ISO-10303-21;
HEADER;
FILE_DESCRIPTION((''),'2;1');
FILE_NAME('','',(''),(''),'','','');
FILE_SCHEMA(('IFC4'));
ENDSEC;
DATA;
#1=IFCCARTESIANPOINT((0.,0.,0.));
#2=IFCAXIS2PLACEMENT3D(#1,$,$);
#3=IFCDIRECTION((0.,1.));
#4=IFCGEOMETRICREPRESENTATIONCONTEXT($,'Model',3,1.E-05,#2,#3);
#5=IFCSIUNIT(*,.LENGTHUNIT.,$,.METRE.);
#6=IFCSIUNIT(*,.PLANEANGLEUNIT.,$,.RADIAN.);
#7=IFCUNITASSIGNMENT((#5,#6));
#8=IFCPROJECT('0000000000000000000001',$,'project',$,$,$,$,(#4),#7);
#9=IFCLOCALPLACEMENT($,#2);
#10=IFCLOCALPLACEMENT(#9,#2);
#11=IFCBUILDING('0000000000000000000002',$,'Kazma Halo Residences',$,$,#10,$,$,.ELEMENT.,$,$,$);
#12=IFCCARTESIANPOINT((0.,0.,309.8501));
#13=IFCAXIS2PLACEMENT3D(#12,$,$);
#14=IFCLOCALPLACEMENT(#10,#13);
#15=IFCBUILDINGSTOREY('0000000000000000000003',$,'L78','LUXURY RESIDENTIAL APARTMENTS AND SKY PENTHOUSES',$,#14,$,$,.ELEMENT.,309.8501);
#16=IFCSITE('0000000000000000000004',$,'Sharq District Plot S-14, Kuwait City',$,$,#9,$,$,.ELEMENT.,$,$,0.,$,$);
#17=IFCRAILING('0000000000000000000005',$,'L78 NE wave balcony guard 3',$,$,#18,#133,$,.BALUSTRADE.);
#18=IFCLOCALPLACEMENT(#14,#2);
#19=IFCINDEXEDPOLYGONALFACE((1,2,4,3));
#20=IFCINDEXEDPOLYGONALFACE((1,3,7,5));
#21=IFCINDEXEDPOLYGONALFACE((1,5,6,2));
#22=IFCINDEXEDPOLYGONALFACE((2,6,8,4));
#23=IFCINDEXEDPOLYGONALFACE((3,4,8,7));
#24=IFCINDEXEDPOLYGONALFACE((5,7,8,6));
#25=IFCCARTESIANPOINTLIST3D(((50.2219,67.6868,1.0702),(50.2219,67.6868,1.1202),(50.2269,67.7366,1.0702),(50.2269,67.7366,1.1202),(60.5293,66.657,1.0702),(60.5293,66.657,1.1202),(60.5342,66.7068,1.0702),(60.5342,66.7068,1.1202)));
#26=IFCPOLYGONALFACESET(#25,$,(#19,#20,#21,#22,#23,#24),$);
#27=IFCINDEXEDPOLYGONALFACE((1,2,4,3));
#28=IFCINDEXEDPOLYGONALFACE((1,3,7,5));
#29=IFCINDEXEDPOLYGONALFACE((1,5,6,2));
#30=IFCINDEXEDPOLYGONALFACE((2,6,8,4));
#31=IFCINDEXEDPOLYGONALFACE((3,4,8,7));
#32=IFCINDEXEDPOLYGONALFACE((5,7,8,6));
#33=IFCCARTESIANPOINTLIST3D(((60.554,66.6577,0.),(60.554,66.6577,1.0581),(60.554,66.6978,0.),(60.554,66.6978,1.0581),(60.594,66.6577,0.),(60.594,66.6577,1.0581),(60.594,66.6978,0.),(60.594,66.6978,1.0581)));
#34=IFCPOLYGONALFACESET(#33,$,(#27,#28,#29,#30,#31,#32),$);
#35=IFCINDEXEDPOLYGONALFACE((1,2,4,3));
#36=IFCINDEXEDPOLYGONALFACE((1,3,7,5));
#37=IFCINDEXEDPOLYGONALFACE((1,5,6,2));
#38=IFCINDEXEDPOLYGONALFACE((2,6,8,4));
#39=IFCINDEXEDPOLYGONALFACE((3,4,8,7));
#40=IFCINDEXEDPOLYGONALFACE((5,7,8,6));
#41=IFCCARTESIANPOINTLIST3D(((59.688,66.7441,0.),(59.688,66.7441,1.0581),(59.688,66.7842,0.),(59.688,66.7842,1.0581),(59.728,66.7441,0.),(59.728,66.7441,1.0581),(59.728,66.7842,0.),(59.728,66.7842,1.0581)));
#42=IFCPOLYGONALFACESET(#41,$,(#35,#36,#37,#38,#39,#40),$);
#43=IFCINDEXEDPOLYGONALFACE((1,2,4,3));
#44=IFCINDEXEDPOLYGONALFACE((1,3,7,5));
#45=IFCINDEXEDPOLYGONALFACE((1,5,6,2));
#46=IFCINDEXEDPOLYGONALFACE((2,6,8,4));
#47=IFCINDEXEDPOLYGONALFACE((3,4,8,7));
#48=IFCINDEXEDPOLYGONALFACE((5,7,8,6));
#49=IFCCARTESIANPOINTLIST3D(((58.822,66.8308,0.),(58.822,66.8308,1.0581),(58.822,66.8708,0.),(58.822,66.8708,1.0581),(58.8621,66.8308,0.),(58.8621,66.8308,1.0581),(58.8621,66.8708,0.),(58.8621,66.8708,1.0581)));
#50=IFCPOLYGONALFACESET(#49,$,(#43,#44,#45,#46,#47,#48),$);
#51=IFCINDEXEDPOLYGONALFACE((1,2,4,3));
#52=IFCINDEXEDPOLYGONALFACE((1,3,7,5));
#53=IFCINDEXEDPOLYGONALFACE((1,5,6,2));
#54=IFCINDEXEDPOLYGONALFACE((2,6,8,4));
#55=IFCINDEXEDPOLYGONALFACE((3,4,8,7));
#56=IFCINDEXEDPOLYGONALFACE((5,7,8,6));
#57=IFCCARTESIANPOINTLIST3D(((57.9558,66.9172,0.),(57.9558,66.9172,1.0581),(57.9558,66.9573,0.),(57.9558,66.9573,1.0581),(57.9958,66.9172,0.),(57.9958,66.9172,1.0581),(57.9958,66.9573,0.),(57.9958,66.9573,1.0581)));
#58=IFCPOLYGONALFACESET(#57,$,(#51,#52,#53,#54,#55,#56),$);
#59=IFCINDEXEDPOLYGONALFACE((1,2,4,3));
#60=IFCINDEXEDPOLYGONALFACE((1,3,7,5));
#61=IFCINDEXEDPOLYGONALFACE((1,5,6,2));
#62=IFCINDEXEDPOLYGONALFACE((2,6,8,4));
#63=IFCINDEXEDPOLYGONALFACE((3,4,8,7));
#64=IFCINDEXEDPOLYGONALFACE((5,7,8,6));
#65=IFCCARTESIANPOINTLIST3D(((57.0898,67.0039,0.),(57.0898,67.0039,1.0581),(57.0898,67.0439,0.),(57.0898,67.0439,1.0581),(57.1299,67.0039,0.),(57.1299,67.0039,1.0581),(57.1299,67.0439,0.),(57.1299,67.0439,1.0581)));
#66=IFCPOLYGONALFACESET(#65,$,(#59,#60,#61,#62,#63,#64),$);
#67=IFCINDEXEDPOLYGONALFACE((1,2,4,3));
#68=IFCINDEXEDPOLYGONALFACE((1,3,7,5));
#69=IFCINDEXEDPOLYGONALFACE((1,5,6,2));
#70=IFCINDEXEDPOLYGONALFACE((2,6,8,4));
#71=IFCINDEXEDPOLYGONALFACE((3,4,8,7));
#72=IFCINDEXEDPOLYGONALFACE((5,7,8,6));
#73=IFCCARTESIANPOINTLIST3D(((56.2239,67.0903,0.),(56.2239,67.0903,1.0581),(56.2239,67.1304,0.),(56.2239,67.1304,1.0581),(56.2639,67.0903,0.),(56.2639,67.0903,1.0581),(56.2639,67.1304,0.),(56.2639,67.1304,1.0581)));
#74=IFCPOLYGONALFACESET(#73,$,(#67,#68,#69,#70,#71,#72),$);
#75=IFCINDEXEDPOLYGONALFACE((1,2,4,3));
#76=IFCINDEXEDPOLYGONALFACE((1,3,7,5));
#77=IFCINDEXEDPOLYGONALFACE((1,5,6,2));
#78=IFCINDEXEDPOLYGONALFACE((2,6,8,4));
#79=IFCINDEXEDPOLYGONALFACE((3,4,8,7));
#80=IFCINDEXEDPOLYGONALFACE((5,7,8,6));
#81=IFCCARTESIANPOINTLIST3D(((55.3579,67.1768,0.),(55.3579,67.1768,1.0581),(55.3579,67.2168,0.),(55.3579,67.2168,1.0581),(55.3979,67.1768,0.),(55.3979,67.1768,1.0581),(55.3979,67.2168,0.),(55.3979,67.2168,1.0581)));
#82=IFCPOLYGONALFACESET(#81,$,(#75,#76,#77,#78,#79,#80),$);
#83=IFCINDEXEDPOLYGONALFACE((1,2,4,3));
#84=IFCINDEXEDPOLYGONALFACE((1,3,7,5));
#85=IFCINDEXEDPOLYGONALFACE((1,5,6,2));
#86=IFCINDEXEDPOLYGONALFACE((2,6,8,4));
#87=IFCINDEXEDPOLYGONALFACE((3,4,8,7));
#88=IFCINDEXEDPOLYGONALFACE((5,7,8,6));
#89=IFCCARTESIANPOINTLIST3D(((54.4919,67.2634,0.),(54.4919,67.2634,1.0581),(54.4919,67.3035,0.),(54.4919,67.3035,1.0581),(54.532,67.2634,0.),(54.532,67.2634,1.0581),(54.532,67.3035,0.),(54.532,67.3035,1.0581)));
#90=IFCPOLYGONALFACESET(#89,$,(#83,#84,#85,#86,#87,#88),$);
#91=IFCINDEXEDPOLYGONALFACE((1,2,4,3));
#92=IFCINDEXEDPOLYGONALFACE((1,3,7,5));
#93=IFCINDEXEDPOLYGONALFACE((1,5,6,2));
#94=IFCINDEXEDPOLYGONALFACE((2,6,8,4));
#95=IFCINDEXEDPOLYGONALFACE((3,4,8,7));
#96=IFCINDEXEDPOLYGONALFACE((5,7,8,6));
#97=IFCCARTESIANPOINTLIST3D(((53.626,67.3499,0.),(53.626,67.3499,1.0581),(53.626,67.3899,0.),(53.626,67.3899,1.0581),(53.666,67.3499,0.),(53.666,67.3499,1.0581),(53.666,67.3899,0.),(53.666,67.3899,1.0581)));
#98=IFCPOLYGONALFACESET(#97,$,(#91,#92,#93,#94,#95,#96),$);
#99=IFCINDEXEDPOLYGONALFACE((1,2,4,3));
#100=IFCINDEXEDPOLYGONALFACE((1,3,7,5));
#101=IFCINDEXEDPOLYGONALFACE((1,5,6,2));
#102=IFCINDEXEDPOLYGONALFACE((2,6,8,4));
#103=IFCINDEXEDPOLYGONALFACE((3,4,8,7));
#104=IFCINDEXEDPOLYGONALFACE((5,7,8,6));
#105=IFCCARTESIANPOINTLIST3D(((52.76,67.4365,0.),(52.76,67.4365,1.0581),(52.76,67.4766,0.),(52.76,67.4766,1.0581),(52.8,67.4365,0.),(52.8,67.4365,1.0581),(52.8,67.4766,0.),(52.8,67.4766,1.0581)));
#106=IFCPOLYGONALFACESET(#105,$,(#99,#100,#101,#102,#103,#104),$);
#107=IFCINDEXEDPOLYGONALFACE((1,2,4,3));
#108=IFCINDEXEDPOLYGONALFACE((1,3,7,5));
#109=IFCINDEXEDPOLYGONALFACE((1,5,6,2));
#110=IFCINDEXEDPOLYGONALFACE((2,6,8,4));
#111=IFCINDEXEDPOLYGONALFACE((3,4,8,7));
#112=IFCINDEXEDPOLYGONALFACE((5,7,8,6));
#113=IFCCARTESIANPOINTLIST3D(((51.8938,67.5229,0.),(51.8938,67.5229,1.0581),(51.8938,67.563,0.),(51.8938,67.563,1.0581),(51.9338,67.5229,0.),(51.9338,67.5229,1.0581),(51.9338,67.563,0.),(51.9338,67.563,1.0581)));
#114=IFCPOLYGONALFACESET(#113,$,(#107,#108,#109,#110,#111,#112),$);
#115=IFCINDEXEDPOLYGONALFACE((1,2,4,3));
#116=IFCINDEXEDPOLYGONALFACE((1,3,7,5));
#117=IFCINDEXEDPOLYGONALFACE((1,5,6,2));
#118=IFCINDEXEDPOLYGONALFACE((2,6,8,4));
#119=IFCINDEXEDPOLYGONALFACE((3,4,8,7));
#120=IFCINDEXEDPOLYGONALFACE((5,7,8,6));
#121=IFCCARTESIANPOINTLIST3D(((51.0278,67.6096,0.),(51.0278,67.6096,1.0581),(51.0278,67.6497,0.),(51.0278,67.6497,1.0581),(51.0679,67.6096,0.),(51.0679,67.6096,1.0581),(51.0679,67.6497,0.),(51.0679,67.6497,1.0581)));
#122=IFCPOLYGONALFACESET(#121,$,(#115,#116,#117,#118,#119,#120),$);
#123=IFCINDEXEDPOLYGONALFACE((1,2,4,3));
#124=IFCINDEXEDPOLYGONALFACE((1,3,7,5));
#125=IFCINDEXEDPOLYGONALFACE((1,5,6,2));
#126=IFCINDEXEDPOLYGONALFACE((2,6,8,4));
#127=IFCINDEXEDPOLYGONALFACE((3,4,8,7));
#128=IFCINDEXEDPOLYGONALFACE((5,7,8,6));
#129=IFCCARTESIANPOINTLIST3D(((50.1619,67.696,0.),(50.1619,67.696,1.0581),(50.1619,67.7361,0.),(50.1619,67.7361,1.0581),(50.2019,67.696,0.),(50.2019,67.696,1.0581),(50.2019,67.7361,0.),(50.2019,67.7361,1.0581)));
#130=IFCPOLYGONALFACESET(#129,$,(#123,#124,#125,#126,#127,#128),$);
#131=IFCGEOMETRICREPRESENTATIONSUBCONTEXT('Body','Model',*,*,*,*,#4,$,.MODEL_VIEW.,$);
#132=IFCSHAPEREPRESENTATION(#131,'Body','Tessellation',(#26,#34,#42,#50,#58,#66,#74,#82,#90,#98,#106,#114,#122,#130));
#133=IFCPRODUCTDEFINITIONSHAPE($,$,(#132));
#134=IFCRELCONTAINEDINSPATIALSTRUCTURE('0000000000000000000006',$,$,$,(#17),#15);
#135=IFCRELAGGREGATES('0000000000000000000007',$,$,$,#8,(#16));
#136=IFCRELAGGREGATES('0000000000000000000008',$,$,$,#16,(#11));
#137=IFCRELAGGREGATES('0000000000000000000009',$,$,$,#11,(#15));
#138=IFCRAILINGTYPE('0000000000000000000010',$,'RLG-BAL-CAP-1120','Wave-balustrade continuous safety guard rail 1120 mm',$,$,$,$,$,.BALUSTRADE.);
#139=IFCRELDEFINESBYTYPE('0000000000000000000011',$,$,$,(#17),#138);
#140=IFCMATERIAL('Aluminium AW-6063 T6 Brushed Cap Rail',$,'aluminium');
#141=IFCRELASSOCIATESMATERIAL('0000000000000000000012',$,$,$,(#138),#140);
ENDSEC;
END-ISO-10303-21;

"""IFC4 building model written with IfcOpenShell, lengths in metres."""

from ifc_helpers import new_model, si_unit, direction, frame, origin, origin_2d, place, context, subcontext, project, spatial, rectangle, extrude, material, type_object, element, save


model = new_model("IFC4")

# Units and contexts
model_context = context("Model", 3, precision=1e-05, world=origin(), true_north=direction((0.0, 1.0)))
body_context = subcontext(model_context, "Body", "Model", "MODEL_VIEW")
ifc_project = project(units=[si_unit("LENGTHUNIT", "METRE"), si_unit("PLANEANGLEUNIT", "RADIAN")], contexts=[model_context])

# Site, building, storey
site_placement = place(None, origin())
site = spatial("IfcSite", under=ifc_project, at=site_placement, Name="Sharq District Plot S-14, Kuwait City", CompositionType="ELEMENT", RefElevation=0.0)
building_placement = place(site_placement, origin())
building = spatial("IfcBuilding", under=site, at=building_placement, Name="Kazma Halo Residences", CompositionType="ELEMENT")
storey_placement = place(building_placement, frame((0.0, 0.0, 309.8501)))
storey = spatial("IfcBuildingStorey", under=building, at=storey_placement, Name="L78", Description="LUXURY RESIDENTIAL APARTMENTS AND SKY PENTHOUSES", CompositionType="ELEMENT", Elevation=309.8501)

# Railing
ifc_material_1 = material(Name="Aluminium AW-6063 T6 Brushed Cap Rail", Category="aluminium")
railing_type = type_object("IfcRailingType", Name="RLG-BAL-CAP-1120", Description="Wave-balustrade continuous safety guard rail 1120 mm", PredefinedType="BALUSTRADE", material=ifc_material_1)
railing_1_placement = place(storey_placement, frame((60.574, 66.6777, 0.0)))
element("IfcRailing", 1, at=railing_1_placement, inside=storey, type_object=railing_type, Name="L78 NE wave balcony guard 3", PredefinedType="BALUSTRADE", context=body_context, shape_type="SweptSolid", body=[
    extrude(rectangle(XDim=0.05, YDim=0.05, at=origin_2d()), frame((-0.0422, 0.0042, 1.0952), z_axis=(-0.995046, 0.09942, 0.0), x_axis=(-0.09942, -0.995046, 0.0)), (0.0, 0.0, 1.0), 10.3586),
    extrude(rectangle(XDim=0.04, YDim=0.04, at=origin_2d()), origin(), (0.0, 0.0, 1.0), 1.0581),
    extrude(rectangle(XDim=0.04, YDim=0.04, at=origin_2d()), frame((-0.866, 0.0864, 0.0)), (0.0, 0.0, 1.0), 1.0581),
    extrude(rectangle(XDim=0.04, YDim=0.04, at=origin_2d()), frame((-1.7319, 0.1731, 0.0)), (0.0, 0.0, 1.0), 1.0581),
    extrude(rectangle(XDim=0.04, YDim=0.04, at=origin_2d()), frame((-2.5981, 0.2595, 0.0)), (0.0, 0.0, 1.0), 1.0581),
    extrude(rectangle(XDim=0.04, YDim=0.04, at=origin_2d()), frame((-3.4641, 0.3462, 0.0)), (0.0, 0.0, 1.0), 1.0581),
    extrude(rectangle(XDim=0.04, YDim=0.04, at=origin_2d()), frame((-4.3301, 0.4326, 0.0)), (0.0, 0.0, 1.0), 1.0581),
    extrude(rectangle(XDim=0.04, YDim=0.04, at=origin_2d()), frame((-5.196, 0.519, 0.0)), (0.0, 0.0, 1.0), 1.0581),
    extrude(rectangle(XDim=0.04, YDim=0.04, at=origin_2d()), frame((-6.062, 0.6057, 0.0)), (0.0, 0.0, 1.0), 1.0581),
    extrude(rectangle(XDim=0.04, YDim=0.04, at=origin_2d()), frame((-6.928, 0.6921, 0.0)), (0.0, 0.0, 1.0), 1.0581),
    extrude(rectangle(XDim=0.04, YDim=0.04, at=origin_2d()), frame((-7.7939, 0.7788, 0.0)), (0.0, 0.0, 1.0), 1.0581),
    extrude(rectangle(XDim=0.04, YDim=0.04, at=origin_2d()), frame((-8.6602, 0.8652, 0.0)), (0.0, 0.0, 1.0), 1.0581),
    extrude(rectangle(XDim=0.04, YDim=0.04, at=origin_2d()), frame((-9.5261, 0.9519, 0.0)), (0.0, 0.0, 1.0), 1.0581),
    extrude(rectangle(XDim=0.04, YDim=0.04, at=origin_2d()), frame((-10.3921, 1.0383, 0.0)), (0.0, 0.0, 1.0), 1.0581),
])

save(model, "model.ifc")
